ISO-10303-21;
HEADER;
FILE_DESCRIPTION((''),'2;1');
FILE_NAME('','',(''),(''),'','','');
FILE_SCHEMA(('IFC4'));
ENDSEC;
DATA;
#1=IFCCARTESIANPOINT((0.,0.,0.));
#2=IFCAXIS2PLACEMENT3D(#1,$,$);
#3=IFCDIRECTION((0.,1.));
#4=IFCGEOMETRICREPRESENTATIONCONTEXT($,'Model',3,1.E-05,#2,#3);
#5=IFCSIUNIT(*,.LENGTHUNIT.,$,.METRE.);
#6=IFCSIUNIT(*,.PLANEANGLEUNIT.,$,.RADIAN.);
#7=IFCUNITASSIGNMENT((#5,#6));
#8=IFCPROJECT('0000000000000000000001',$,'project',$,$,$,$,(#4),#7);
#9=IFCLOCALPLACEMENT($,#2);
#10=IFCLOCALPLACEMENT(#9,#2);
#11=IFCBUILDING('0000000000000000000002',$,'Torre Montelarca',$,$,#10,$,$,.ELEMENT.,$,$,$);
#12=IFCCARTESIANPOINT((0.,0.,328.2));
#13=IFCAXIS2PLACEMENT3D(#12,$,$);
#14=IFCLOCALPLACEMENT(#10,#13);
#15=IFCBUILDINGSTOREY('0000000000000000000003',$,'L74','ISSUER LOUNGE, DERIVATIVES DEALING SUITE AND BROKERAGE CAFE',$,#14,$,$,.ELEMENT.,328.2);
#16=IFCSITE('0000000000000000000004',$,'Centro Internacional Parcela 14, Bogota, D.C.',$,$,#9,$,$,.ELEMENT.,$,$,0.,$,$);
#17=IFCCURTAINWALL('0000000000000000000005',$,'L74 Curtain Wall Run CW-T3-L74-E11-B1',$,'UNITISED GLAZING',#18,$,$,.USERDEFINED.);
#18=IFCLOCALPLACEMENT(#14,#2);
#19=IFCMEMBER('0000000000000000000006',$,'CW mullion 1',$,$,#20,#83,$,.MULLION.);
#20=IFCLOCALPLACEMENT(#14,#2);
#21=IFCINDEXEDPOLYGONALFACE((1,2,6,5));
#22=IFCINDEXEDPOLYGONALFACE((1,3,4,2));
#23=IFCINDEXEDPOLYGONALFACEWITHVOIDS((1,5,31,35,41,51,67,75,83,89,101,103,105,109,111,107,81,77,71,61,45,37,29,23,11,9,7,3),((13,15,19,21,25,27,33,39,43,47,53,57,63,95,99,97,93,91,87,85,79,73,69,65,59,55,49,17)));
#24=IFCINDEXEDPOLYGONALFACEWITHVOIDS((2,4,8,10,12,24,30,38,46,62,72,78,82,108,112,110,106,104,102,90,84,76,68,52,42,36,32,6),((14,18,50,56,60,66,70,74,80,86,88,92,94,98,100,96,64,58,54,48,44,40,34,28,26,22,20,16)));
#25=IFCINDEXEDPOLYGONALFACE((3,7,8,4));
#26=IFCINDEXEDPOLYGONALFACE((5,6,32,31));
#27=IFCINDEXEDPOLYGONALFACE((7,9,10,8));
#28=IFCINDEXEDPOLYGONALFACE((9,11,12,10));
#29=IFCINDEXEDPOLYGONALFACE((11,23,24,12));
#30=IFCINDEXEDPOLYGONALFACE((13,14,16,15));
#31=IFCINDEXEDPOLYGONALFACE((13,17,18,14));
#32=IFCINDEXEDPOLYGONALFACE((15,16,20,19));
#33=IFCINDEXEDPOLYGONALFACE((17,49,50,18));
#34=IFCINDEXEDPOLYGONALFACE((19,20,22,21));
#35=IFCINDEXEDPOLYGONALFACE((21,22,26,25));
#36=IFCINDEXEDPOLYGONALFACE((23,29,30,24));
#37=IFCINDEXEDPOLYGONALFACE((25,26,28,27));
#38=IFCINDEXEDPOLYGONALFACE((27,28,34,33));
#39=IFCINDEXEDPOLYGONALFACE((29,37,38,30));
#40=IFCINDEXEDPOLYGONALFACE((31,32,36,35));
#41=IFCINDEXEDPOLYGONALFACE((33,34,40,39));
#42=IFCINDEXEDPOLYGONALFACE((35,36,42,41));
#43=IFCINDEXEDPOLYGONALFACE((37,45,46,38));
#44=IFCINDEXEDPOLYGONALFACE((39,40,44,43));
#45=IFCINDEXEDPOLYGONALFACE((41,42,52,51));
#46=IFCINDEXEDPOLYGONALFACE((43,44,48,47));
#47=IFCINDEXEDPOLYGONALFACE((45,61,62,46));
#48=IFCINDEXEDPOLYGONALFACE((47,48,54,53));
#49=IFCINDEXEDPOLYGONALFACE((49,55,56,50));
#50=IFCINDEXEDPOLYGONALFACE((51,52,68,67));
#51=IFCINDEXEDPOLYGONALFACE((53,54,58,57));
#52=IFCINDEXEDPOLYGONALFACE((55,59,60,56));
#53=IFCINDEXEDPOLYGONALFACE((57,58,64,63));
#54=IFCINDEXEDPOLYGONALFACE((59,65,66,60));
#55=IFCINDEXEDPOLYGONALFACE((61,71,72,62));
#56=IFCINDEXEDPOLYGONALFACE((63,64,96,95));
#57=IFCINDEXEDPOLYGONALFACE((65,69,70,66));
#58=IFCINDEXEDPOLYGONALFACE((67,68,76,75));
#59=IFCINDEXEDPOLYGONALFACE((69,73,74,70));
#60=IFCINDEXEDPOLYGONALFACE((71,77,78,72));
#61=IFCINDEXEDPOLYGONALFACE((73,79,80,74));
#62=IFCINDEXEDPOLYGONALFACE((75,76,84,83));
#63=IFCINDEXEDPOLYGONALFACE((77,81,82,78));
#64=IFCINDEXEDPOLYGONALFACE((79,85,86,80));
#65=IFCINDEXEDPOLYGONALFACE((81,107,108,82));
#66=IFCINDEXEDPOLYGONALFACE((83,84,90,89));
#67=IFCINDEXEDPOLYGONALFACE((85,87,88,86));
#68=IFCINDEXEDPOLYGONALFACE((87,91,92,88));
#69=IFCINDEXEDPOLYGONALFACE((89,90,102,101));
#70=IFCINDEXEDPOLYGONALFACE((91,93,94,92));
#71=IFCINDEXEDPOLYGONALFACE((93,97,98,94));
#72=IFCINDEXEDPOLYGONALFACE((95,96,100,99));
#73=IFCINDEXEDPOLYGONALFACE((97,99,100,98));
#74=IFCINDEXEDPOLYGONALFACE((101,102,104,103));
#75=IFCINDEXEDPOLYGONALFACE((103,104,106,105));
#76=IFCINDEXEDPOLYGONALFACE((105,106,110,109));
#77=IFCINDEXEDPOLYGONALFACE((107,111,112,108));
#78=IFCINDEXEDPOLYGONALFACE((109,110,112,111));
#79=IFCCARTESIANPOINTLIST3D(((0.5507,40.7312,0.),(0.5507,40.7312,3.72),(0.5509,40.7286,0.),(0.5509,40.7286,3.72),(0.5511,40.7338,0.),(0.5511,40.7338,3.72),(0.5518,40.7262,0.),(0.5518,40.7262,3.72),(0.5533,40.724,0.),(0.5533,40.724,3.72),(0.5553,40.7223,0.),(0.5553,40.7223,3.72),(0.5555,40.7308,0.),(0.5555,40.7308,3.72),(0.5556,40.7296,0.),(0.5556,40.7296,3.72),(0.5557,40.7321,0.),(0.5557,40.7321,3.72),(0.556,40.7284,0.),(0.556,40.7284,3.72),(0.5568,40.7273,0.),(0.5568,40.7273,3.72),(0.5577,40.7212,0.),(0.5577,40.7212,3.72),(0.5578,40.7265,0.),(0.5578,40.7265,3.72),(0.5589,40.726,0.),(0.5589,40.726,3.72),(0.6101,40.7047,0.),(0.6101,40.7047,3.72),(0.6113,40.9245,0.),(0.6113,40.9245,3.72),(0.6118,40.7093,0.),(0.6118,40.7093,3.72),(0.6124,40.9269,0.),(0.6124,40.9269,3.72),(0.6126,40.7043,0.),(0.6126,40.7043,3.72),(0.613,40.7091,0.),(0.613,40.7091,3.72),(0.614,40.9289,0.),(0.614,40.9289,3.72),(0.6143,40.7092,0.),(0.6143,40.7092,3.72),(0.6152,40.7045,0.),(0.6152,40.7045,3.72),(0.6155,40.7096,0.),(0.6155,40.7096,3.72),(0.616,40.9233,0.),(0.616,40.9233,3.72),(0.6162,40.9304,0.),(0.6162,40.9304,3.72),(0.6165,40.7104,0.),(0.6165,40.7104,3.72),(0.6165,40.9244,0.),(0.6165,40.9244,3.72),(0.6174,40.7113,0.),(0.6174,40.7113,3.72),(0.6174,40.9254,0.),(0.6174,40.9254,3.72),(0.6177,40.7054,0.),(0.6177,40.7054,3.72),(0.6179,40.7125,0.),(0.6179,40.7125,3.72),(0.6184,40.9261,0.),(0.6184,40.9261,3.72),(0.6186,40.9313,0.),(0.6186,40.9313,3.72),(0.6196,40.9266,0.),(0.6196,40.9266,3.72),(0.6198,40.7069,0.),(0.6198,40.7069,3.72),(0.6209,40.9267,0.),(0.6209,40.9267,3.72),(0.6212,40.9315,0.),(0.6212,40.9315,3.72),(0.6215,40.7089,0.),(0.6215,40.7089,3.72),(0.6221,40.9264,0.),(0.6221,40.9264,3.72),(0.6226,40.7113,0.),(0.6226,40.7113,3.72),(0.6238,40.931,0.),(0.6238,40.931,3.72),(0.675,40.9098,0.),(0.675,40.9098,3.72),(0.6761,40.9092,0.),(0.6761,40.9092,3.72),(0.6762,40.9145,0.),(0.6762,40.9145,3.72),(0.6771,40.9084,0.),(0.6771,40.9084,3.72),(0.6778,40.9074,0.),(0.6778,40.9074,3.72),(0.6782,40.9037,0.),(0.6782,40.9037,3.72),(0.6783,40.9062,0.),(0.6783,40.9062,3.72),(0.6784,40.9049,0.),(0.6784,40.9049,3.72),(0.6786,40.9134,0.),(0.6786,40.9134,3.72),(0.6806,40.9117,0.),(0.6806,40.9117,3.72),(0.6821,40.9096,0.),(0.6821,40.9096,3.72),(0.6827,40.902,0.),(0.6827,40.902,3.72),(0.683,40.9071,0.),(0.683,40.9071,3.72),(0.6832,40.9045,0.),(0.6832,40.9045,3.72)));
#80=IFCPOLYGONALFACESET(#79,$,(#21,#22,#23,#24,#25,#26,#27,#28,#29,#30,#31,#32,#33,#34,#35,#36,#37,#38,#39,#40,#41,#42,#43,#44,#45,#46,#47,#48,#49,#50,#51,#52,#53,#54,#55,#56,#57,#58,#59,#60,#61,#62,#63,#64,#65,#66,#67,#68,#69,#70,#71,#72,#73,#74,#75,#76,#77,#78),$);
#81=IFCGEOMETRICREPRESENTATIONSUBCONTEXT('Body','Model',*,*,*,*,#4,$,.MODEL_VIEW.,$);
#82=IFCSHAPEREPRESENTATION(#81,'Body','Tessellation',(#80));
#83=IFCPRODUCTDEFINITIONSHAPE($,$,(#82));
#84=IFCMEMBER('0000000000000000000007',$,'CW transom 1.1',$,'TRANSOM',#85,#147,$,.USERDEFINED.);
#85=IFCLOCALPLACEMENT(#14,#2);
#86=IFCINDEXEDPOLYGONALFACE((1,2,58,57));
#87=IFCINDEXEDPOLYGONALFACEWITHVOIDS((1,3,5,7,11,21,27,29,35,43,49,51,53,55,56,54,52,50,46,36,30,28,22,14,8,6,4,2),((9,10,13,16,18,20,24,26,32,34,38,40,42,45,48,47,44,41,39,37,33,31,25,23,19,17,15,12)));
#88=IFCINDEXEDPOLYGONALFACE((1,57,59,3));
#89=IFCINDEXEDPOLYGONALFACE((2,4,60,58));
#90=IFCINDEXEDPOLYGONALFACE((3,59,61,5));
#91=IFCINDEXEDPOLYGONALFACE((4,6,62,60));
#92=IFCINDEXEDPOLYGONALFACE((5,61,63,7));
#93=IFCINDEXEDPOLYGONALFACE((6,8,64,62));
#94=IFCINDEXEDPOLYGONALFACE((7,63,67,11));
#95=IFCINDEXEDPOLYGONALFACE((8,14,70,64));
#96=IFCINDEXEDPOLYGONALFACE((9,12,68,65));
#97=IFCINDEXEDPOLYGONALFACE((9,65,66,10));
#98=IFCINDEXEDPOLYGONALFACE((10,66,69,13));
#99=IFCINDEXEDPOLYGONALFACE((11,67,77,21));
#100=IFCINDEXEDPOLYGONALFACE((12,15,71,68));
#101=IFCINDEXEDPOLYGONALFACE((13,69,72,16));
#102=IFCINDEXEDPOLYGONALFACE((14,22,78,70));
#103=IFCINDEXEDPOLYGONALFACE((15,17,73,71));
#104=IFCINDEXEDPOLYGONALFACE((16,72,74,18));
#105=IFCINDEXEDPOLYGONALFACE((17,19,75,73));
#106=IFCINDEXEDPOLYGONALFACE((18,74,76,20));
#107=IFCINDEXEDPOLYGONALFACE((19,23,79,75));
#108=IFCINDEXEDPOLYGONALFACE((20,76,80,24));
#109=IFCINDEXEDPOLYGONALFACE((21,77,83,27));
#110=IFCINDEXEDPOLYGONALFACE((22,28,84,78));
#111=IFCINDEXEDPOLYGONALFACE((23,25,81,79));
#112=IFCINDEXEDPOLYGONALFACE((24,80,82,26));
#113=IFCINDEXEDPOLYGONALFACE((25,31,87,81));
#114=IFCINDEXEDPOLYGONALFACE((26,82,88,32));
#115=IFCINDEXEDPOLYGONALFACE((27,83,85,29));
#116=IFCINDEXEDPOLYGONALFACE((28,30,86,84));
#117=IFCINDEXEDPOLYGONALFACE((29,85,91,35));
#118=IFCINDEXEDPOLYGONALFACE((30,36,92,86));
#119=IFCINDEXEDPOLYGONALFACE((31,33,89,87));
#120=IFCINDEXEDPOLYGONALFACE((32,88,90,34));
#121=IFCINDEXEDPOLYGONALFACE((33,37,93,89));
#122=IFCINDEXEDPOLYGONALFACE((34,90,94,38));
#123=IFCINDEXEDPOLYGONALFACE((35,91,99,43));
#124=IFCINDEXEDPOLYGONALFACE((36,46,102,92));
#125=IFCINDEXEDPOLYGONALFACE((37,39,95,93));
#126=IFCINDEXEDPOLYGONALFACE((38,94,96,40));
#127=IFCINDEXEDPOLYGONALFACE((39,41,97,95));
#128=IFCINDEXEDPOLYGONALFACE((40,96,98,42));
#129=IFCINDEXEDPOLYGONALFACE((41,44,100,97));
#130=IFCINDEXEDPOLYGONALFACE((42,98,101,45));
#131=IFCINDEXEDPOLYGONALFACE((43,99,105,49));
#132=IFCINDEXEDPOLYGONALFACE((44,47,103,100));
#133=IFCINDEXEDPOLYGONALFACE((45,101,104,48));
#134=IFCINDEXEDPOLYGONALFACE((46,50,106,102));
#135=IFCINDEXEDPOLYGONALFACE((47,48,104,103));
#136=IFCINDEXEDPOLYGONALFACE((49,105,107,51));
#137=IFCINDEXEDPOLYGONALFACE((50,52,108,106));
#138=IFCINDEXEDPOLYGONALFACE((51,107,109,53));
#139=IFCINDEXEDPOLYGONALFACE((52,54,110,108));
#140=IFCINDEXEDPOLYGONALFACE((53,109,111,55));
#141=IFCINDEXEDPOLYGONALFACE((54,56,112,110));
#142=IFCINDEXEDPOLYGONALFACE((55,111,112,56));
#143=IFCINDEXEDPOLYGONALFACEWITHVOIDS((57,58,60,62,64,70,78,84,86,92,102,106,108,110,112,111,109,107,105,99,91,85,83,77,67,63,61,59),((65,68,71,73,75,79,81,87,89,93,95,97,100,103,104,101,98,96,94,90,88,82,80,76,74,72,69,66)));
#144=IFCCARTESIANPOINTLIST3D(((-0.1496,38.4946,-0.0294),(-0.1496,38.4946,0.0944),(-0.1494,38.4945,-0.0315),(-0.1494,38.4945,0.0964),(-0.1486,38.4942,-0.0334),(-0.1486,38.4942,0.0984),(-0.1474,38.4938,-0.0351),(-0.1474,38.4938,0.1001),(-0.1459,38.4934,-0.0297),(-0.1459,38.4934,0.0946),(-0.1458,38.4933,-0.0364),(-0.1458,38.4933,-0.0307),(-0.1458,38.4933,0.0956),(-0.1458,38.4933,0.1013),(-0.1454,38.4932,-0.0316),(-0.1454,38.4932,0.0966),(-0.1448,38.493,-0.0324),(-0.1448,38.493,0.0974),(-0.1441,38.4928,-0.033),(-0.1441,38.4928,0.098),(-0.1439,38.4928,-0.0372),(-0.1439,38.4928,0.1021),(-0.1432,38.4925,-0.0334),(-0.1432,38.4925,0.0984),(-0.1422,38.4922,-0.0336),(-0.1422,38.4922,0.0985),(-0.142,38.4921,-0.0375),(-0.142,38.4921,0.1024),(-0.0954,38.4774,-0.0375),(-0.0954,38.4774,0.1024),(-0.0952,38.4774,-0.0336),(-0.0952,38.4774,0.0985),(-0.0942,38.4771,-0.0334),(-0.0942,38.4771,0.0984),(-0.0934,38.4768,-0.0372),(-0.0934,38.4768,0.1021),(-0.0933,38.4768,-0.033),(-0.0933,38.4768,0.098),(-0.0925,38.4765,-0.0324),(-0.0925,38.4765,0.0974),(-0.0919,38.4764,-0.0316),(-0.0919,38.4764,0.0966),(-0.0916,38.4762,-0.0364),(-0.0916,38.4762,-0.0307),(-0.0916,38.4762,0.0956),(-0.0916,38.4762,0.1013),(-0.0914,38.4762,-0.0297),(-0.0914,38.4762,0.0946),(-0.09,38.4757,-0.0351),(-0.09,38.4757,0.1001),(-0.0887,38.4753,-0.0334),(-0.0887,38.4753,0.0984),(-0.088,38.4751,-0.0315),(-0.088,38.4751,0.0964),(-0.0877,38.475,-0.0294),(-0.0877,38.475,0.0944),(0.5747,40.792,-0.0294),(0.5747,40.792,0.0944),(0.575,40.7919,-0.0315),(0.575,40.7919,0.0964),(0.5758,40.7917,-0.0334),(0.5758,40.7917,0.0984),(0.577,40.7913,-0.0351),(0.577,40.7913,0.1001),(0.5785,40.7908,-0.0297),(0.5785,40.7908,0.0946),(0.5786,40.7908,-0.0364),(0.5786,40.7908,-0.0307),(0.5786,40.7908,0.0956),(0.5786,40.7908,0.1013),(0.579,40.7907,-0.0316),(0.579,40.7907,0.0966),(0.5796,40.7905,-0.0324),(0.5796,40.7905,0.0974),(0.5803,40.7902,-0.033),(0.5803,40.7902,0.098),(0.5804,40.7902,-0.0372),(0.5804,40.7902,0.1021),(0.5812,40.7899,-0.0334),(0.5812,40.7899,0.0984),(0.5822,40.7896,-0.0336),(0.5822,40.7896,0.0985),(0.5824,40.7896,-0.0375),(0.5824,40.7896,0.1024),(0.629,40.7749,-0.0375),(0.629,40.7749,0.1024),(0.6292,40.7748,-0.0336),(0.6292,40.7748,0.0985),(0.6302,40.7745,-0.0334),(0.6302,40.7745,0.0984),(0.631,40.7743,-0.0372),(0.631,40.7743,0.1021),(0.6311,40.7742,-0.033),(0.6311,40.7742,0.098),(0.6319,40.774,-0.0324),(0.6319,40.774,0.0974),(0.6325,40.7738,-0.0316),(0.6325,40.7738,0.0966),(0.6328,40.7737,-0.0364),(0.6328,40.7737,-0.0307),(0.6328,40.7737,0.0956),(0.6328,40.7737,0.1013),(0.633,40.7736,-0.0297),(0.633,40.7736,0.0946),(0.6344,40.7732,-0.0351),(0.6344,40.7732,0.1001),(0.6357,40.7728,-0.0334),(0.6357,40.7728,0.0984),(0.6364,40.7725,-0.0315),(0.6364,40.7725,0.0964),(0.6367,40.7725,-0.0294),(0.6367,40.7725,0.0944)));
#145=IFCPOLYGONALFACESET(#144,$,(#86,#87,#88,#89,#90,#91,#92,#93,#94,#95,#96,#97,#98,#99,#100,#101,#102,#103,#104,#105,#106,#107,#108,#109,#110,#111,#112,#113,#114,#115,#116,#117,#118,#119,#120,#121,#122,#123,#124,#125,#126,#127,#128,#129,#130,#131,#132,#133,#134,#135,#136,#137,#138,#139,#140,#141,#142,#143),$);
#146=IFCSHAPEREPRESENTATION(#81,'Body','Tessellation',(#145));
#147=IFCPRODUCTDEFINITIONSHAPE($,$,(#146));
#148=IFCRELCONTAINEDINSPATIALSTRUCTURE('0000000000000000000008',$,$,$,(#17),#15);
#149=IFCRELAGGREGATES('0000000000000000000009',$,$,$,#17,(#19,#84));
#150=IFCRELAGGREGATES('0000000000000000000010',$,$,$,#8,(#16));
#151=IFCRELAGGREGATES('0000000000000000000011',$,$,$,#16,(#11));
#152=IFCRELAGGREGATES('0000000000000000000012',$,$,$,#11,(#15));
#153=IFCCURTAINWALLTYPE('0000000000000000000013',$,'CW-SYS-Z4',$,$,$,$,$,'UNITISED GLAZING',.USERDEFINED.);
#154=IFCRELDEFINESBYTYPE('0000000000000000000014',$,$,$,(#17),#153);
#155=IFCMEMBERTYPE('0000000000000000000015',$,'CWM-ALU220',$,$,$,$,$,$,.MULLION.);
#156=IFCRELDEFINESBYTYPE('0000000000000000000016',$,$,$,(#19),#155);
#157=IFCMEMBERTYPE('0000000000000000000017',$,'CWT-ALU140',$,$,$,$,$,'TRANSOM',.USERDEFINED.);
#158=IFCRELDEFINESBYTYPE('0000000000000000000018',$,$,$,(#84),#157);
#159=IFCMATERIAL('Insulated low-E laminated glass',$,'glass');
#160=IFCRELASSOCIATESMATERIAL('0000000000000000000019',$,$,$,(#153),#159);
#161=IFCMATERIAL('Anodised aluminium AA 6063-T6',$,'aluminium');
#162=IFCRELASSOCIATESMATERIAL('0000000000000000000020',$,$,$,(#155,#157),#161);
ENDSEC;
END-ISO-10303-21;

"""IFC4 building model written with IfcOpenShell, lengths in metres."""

from ifc_helpers import new_model, si_unit, direction, frame, origin, origin_2d, place, context, subcontext, project, spatial, hollow_rectangle, extrude, source, transform, mapped, material, material_profile, profile_set, type_object, element, aggregate, save


model = new_model("IFC4")

# Units and contexts
model_context = context("Model", 3, precision=1e-05, world=origin(), true_north=direction((0.0, 1.0)))
body_context = subcontext(model_context, "Body", "Model", "MODEL_VIEW")
ifc_project = project(units=[si_unit("LENGTHUNIT", "METRE"), si_unit("PLANEANGLEUNIT", "RADIAN")], contexts=[model_context])

# Site, building, storey
site_placement = place(None, origin())
site = spatial("IfcSite", under=ifc_project, at=site_placement, Name="Centro Internacional Parcela 14, Bogota, D.C.", CompositionType="ELEMENT", RefElevation=0.0)
building_placement = place(site_placement, origin())
building = spatial("IfcBuilding", under=site, at=building_placement, Name="Torre Montelarca", CompositionType="ELEMENT")
storey_placement = place(building_placement, frame((0.0, 0.0, 328.2)))
storey = spatial("IfcBuildingStorey", under=building, at=storey_placement, Name="L74", Description="ISSUER LOUNGE, DERIVATIVES DEALING SUITE AND BROKERAGE CAFE", CompositionType="ELEMENT", Elevation=328.2)

# Curtain wall, members
ifc_material_1 = material(Name="Insulated low-E laminated glass", Category="glass")
curtain_wall_type = type_object("IfcCurtainWallType", Name="CW-SYS-Z4", ElementType="UNITISED GLAZING", PredefinedType="USERDEFINED", material=ifc_material_1)
ifc_material_2 = material(Name="Anodised aluminium AA 6063-T6", Category="aluminium")
ifc_material_profile_1 = material_profile(ifc_material_2, hollow_rectangle(XDim=0.075, YDim=0.22, WallThickness=0.0049, InnerFilletRadius=0.0049, OuterFilletRadius=0.01, at=origin_2d()), Name="ALU75X220X5", Category="aluminium")
ifc_profile_set_1 = profile_set([ifc_material_profile_1], Name="Anodised aluminium AA 6063-T6")
member_type_1 = type_object("IfcMemberType", Name="CWM-ALU220", PredefinedType="MULLION", material=ifc_profile_set_1)
shared_shape_1 = source(origin(), body_context, "Body", "SweptSolid", [
    extrude(hollow_rectangle(XDim=0.075, YDim=0.22, WallThickness=0.0049, InnerFilletRadius=0.0049, OuterFilletRadius=0.01, at=origin_2d()), origin(), (0.0, 0.0, 1.0), 3.72),
])
curtain_wall_1_placement = place(storey_placement, origin())
curtain_wall_1 = element("IfcCurtainWall", 1, at=curtain_wall_1_placement, inside=storey, type_object=curtain_wall_type, Name="L74 Curtain Wall Run CW-T3-L74-E11-B1", ObjectType="UNITISED GLAZING", PredefinedType="USERDEFINED")
member_1_placement = place(storey_placement, frame((0.6169, 40.8179, 0.0), z_axis=(0.0, 0.0, 1.0), x_axis=(0.953721, -0.300693, 0.0)))
member_1 = element("IfcMember", 2, at=member_1_placement, type_object=member_type_1, Name="CW mullion 1", PredefinedType="MULLION", context=body_context, shape_type="MappedRepresentation", body=[
    mapped(shared_shape_1, transform((0.0, 0.0, 0.0), scale=1.0)),
])
ifc_material_profile_2 = material_profile(ifc_material_2, hollow_rectangle(XDim=0.0649, YDim=0.1399, WallThickness=0.0039, InnerFilletRadius=0.0039, OuterFilletRadius=0.0081, at=origin_2d()), Name="ALU65X140X4", Category="aluminium")
ifc_profile_set_2 = profile_set([ifc_material_profile_2], Name="Anodised aluminium AA 6063-T6")
member_type_2 = type_object("IfcMemberType", Name="CWT-ALU140", ElementType="TRANSOM", PredefinedType="USERDEFINED", material=ifc_profile_set_2)
shared_shape_2 = source(origin(), body_context, "Body", "SweptSolid", [
    extrude(hollow_rectangle(XDim=0.0649, YDim=0.1399, WallThickness=0.0039, InnerFilletRadius=0.0039, OuterFilletRadius=0.0081, at=origin_2d()), origin(), (0.0, 0.0, 1.0), 2.4089),
])
member_2_placement = place(storey_placement, frame((0.6057, 40.7822, 0.0325), z_axis=(-0.300709, -0.953716, 0.0), x_axis=(0.953716, -0.300709, 0.0)))
member_2 = element("IfcMember", 3, at=member_2_placement, type_object=member_type_2, Name="CW transom 1.1", ObjectType="TRANSOM", PredefinedType="USERDEFINED", context=body_context, shape_type="MappedRepresentation", body=[
    mapped(shared_shape_2, transform((0.0, 0.0, 0.0), scale=1.0)),
])
aggregate(curtain_wall_1, [member_1, member_2])

save(model, "model.ifc")
